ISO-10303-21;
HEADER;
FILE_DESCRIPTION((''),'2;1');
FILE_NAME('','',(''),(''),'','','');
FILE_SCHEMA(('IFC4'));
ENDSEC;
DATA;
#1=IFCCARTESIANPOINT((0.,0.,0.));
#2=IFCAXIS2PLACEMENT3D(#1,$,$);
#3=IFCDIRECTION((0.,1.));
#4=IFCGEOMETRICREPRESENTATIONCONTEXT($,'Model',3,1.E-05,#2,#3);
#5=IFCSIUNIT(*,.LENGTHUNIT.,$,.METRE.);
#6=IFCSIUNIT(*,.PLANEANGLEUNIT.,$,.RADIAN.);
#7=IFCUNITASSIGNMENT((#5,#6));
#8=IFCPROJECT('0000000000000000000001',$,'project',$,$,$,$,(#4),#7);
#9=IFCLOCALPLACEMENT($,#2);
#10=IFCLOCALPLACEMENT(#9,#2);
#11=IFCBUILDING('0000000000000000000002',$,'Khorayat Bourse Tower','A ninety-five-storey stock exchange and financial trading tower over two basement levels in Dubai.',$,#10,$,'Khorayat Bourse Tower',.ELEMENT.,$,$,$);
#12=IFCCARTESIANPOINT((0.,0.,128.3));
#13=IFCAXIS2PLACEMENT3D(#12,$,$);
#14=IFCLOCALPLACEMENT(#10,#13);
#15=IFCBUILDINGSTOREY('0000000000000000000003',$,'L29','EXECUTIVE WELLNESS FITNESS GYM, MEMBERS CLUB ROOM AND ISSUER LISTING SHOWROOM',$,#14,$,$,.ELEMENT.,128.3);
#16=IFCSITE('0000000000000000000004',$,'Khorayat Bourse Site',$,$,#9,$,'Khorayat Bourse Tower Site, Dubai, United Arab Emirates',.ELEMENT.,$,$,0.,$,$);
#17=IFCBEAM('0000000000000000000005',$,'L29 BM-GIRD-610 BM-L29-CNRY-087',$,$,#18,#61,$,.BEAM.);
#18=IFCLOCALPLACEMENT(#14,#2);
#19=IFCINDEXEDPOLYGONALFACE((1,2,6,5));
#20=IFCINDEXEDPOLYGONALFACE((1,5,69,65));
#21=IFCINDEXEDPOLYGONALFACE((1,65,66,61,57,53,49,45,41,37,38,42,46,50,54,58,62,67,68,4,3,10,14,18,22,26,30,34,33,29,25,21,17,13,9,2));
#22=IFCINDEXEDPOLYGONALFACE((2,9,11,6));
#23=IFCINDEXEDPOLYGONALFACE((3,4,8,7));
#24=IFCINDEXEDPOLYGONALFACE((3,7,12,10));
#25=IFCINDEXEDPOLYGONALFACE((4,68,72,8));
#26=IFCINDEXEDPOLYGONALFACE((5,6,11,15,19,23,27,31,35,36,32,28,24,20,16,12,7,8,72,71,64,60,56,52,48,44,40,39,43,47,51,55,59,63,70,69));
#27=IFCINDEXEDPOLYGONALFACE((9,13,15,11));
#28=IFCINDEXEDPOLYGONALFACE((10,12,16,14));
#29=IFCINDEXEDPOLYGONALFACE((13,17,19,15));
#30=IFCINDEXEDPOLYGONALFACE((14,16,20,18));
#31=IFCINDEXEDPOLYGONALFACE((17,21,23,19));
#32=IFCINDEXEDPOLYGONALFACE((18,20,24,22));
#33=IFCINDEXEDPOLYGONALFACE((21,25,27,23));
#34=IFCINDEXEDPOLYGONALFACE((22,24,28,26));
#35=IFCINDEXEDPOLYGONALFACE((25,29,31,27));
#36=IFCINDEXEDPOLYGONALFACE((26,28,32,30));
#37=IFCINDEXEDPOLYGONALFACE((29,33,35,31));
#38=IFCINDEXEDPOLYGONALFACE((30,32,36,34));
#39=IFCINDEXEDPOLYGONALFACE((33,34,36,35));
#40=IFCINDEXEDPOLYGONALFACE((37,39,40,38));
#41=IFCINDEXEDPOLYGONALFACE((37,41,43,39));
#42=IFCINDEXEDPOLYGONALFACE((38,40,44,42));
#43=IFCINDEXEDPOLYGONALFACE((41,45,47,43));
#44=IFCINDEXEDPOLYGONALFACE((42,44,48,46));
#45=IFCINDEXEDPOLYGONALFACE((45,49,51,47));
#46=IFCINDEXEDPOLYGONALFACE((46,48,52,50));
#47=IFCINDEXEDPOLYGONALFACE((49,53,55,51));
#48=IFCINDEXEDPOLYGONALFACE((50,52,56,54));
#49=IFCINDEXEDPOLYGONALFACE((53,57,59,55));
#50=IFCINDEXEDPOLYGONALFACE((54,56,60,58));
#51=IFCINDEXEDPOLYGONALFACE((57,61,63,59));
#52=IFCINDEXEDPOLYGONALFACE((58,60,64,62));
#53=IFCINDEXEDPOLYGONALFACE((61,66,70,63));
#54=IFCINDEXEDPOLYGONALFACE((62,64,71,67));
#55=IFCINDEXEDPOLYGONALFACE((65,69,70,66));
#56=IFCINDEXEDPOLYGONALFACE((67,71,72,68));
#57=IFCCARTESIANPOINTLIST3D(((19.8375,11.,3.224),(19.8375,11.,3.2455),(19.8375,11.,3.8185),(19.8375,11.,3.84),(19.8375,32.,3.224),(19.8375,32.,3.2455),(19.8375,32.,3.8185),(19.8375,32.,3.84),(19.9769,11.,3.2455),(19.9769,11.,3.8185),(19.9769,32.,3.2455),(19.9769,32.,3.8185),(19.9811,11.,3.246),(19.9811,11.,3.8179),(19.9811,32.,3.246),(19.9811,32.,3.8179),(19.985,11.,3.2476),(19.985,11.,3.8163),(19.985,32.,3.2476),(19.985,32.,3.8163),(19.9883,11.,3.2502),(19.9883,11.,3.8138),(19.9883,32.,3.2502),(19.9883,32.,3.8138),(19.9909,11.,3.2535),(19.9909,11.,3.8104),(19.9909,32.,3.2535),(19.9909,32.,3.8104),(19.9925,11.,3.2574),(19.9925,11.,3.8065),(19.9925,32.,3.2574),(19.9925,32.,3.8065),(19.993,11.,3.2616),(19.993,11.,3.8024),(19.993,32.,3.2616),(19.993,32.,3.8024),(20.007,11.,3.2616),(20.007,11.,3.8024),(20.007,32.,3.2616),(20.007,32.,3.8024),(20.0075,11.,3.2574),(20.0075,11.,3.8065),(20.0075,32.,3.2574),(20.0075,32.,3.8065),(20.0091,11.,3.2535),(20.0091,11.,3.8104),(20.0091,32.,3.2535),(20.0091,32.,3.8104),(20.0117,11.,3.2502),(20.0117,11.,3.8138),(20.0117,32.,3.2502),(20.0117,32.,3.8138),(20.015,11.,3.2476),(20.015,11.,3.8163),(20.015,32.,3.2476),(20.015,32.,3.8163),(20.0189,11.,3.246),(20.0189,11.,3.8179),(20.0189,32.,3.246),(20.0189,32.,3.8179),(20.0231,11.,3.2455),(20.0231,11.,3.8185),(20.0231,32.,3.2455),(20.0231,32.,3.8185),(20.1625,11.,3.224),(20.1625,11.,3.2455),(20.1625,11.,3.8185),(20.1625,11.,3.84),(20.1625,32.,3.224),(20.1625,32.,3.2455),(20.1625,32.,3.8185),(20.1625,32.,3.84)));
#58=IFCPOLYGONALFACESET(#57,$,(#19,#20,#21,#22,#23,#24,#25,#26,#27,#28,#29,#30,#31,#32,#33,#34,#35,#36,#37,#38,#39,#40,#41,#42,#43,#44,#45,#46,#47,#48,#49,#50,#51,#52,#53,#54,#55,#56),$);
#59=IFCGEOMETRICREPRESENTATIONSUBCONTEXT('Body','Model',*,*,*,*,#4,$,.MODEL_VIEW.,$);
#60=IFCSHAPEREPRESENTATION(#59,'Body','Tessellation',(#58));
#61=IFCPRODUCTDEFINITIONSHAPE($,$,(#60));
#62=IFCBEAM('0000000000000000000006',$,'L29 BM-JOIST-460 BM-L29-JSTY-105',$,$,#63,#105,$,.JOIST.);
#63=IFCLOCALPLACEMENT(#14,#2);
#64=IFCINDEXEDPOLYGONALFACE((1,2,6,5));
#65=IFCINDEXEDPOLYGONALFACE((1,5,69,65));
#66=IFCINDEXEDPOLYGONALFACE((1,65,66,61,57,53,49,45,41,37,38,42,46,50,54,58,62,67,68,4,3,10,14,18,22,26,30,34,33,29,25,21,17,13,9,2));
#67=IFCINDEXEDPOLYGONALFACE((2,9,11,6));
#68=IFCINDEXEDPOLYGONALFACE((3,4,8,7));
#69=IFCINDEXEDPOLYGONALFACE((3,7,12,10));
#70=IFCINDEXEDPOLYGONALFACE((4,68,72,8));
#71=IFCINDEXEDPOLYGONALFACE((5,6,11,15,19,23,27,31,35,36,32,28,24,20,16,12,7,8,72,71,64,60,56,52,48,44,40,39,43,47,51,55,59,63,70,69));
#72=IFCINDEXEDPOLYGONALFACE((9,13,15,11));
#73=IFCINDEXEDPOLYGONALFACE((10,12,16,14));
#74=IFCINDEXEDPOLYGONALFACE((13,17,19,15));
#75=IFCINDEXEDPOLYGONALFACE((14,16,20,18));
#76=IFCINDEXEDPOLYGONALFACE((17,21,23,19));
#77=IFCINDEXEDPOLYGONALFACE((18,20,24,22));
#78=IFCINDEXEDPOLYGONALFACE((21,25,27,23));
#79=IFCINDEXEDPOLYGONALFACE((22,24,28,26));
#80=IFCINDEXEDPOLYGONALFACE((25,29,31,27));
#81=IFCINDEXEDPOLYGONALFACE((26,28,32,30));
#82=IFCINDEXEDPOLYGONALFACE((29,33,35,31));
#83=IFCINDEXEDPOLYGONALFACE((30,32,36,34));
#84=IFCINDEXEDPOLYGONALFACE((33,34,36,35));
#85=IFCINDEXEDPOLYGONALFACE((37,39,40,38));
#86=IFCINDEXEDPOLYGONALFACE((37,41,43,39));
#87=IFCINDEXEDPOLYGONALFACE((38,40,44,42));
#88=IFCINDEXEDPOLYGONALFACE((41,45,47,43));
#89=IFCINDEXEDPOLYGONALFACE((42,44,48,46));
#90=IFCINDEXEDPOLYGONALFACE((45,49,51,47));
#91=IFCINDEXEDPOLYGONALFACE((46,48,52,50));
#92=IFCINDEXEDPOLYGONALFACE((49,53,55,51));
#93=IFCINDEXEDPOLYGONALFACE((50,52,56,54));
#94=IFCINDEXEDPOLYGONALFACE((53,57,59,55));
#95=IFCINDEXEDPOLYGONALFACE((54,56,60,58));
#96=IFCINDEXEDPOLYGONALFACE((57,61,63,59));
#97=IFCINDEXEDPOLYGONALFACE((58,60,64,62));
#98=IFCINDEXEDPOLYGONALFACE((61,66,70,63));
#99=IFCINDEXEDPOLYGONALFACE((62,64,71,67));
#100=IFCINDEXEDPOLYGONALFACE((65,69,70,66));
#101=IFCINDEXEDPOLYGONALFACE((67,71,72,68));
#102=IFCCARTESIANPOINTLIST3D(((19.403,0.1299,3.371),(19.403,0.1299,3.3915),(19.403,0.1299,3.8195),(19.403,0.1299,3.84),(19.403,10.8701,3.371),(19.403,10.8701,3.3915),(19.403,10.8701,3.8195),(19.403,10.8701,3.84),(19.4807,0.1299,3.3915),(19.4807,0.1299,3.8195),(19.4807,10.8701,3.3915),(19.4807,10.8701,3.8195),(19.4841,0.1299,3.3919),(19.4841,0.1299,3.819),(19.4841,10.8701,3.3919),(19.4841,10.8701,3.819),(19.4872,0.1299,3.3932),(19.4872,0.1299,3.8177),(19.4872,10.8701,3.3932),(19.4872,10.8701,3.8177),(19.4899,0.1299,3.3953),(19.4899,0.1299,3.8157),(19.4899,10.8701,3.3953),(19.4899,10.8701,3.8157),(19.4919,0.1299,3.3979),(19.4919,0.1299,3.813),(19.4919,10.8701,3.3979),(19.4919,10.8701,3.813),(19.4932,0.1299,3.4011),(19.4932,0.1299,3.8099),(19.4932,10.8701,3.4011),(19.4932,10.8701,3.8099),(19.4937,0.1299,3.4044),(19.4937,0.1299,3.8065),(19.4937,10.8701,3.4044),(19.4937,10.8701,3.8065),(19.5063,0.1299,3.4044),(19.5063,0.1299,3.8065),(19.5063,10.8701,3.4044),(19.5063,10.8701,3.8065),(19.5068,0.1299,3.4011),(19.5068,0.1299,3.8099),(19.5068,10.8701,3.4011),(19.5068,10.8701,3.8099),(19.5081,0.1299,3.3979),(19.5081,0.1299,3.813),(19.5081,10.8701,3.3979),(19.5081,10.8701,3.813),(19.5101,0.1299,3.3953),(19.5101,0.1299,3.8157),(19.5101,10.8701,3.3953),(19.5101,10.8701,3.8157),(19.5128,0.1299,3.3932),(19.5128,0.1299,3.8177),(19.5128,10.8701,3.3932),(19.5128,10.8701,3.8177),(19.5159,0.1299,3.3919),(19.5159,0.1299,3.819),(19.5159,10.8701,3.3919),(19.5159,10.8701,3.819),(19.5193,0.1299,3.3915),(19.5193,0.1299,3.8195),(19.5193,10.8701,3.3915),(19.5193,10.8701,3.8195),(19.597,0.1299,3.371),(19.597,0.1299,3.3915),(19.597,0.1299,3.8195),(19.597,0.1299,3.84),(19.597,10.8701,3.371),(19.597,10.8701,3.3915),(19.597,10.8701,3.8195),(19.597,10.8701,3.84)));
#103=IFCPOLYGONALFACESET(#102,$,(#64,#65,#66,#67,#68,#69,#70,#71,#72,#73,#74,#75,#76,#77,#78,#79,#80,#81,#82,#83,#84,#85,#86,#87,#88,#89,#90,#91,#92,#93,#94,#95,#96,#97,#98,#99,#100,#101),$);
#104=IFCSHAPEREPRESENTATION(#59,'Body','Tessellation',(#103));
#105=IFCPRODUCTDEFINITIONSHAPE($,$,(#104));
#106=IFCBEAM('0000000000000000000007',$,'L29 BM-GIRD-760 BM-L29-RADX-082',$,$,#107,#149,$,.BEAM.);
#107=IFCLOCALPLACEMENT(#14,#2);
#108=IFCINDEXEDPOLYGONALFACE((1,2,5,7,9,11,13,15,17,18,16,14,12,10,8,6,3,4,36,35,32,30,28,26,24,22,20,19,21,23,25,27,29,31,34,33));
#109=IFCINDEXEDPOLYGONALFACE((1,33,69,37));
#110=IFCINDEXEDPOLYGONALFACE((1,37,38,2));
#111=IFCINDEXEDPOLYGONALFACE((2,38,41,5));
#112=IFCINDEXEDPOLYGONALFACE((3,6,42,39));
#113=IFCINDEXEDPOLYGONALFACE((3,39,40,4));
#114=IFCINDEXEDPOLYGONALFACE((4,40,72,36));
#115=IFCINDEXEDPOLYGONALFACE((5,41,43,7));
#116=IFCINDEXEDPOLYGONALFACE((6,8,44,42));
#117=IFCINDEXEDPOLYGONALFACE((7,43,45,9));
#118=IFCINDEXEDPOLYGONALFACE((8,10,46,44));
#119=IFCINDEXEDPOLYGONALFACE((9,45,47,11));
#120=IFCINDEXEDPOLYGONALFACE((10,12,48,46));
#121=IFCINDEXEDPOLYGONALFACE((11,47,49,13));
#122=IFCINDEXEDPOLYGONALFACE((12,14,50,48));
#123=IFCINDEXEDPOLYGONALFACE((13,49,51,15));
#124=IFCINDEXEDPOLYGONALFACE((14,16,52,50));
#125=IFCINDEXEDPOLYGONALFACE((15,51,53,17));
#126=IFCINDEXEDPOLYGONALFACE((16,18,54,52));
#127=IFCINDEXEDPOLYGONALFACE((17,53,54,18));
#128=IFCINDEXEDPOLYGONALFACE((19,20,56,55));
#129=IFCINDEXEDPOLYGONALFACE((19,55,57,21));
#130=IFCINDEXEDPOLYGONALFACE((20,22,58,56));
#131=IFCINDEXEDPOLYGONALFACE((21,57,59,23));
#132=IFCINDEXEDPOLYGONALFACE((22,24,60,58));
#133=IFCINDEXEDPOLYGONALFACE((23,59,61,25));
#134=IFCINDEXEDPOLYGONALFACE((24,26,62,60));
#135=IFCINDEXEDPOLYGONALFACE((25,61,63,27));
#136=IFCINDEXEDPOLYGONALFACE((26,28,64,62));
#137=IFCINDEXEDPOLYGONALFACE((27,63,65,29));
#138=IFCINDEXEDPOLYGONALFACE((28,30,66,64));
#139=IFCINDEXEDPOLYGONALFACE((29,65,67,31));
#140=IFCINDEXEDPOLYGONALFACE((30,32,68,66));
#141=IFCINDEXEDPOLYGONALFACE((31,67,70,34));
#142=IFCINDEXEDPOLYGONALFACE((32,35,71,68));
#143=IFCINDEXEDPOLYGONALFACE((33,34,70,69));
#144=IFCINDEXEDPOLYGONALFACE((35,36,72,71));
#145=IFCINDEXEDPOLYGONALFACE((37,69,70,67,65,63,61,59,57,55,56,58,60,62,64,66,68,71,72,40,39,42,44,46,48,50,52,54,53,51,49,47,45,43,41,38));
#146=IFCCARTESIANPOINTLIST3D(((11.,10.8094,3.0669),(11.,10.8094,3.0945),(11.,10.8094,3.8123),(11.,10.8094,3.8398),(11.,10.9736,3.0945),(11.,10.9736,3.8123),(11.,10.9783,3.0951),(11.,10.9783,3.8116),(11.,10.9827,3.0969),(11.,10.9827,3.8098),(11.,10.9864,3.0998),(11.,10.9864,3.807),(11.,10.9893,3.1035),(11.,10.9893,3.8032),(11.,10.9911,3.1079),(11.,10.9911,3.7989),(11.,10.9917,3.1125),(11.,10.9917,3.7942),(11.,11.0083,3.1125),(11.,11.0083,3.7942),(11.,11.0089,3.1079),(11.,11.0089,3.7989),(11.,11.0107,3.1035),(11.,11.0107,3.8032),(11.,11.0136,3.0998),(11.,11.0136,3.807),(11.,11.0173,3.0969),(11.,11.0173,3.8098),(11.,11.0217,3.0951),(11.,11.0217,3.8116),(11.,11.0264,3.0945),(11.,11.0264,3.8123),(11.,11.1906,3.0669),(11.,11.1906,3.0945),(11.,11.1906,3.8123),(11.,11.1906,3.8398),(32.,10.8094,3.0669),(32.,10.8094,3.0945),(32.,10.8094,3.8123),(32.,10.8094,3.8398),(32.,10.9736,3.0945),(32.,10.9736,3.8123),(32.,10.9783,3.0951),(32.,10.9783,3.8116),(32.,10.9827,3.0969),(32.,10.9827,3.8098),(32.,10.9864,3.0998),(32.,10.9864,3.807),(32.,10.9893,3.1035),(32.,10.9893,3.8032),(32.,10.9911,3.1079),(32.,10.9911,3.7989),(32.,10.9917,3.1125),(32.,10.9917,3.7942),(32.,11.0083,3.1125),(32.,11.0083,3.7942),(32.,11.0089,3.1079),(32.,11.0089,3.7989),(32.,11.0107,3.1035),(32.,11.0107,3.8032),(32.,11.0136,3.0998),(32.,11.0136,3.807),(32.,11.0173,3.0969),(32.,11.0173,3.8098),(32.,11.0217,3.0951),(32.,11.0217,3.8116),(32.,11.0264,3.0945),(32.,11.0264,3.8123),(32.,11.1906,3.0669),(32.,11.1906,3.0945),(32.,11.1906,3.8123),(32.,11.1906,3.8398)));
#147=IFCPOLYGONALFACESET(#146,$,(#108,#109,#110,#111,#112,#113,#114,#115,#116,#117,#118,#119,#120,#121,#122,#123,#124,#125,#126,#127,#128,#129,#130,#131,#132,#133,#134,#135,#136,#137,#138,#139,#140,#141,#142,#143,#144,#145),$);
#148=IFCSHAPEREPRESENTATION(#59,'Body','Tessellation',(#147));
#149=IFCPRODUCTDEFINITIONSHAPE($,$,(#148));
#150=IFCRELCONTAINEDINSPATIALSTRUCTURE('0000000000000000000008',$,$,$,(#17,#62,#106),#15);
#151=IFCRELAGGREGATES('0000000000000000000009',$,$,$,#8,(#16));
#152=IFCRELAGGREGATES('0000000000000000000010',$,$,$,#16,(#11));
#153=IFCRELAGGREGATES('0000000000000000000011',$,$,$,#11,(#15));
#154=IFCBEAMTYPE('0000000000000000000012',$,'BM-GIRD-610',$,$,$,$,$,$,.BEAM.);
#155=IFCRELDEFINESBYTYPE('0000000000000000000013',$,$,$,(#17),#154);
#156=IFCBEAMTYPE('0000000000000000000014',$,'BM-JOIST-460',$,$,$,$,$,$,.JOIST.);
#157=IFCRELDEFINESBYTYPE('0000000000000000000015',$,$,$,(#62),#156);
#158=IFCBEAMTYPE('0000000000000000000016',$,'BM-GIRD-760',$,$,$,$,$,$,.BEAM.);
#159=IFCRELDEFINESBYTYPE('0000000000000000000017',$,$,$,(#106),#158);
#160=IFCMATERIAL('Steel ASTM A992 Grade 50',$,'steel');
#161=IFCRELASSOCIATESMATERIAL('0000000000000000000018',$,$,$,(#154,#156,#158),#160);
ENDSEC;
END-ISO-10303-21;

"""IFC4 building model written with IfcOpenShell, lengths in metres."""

from ifc_helpers import new_model, si_unit, direction, frame, origin, origin_2d, place, context, subcontext, project, spatial, i_section, extrude, source, transform, mapped, material, material_profile, profile_set, type_object, element, save


model = new_model("IFC4")

# Units and contexts
model_context = context("Model", 3, precision=1e-05, world=origin(), true_north=direction((0.0, 1.0)))
body_context = subcontext(model_context, "Body", "Model", "MODEL_VIEW")
ifc_project = project(units=[si_unit("LENGTHUNIT", "METRE"), si_unit("PLANEANGLEUNIT", "RADIAN")], contexts=[model_context])

# Site, building, storey
site_placement = place(None, origin())
site = spatial("IfcSite", under=ifc_project, at=site_placement, Name="Khorayat Bourse Site", LongName="Khorayat Bourse Tower Site, Dubai, United Arab Emirates", CompositionType="ELEMENT", RefElevation=0.0)
building_placement = place(site_placement, origin())
building = spatial("IfcBuilding", under=site, at=building_placement, Name="Khorayat Bourse Tower", Description="A ninety-five-storey stock exchange and financial trading tower over two basement levels in Dubai.", LongName="Khorayat Bourse Tower", CompositionType="ELEMENT")
storey_placement = place(building_placement, frame((0.0, 0.0, 128.3)))
storey = spatial("IfcBuildingStorey", under=building, at=storey_placement, Name="L29", Description="EXECUTIVE WELLNESS FITNESS GYM, MEMBERS CLUB ROOM AND ISSUER LISTING SHOWROOM", CompositionType="ELEMENT", Elevation=128.3)

# Beams
ifc_material_1 = material(Name="Steel ASTM A992 Grade 50", Category="steel")
ifc_material_profile_1 = material_profile(ifc_material_1, i_section(OverallWidth=0.325, OverallDepth=0.616, WebThickness=0.0139, FlangeThickness=0.0215, FilletRadius=0.0161, at=origin_2d()), Name="W610X174")
ifc_profile_set_1 = profile_set([ifc_material_profile_1], Name="Steel ASTM A992 Grade 50")
beam_type_1 = type_object("IfcBeamType", Name="BM-GIRD-610", PredefinedType="BEAM", material=ifc_profile_set_1)
shared_shape_1 = source(origin(), body_context, "Body", "SweptSolid", [
    extrude(i_section(OverallWidth=0.325, OverallDepth=0.616, WebThickness=0.0139, FlangeThickness=0.0215, FilletRadius=0.0161, at=origin_2d()), origin(), (0.0, 0.0, 1.0), 21.0),
])
beam_1_placement = place(storey_placement, frame((20.0, 11.0, 3.532), z_axis=(0.0, 1.0, 0.0), x_axis=(-1.0, 0.0, 0.0)))
element("IfcBeam", 1, at=beam_1_placement, inside=storey, type_object=beam_type_1, Name="L29 BM-GIRD-610 BM-L29-CNRY-087", PredefinedType="BEAM", context=body_context, shape_type="MappedRepresentation", body=[
    mapped(shared_shape_1, transform((0.0, 0.0, 0.0), scale=1.0)),
])
ifc_material_profile_2 = material_profile(ifc_material_1, i_section(OverallWidth=0.1941, OverallDepth=0.469, WebThickness=0.0127, FlangeThickness=0.0205, FilletRadius=0.0129, at=origin_2d()), Name="W460X106")
ifc_profile_set_2 = profile_set([ifc_material_profile_2], Name="Steel ASTM A992 Grade 50")
beam_type_2 = type_object("IfcBeamType", Name="BM-JOIST-460", PredefinedType="JOIST", material=ifc_profile_set_2)
shared_shape_2 = source(origin(), body_context, "Body", "SweptSolid", [
    extrude(i_section(OverallWidth=0.1941, OverallDepth=0.469, WebThickness=0.0127, FlangeThickness=0.0205, FilletRadius=0.0129, at=origin_2d()), origin(), (0.0, 0.0, 1.0), 10.7402),
])
beam_2_placement = place(storey_placement, frame((19.5, 0.1299, 3.6055), z_axis=(0.0, 1.0, 0.0), x_axis=(-1.0, 0.0, 0.0)))
element("IfcBeam", 2, at=beam_2_placement, inside=storey, type_object=beam_type_2, Name="L29 BM-JOIST-460 BM-L29-JSTY-105", PredefinedType="JOIST", context=body_context, shape_type="MappedRepresentation", body=[
    mapped(shared_shape_2, transform((0.0, 0.0, 0.0), scale=1.0)),
])
ifc_material_profile_3 = material_profile(ifc_material_1, i_section(OverallWidth=0.3811, OverallDepth=0.7729, WebThickness=0.0166, FlangeThickness=0.0276, FilletRadius=0.0181, at=origin_2d()), Name="W760X257")
ifc_profile_set_3 = profile_set([ifc_material_profile_3], Name="Steel ASTM A992 Grade 50")
beam_type_3 = type_object("IfcBeamType", Name="BM-GIRD-760", PredefinedType="BEAM", material=ifc_profile_set_3)
shared_shape_3 = source(origin(), body_context, "Body", "SweptSolid", [
    extrude(i_section(OverallWidth=0.3811, OverallDepth=0.7729, WebThickness=0.0166, FlangeThickness=0.0276, FilletRadius=0.0181, at=origin_2d()), origin(), (0.0, 0.0, 1.0), 21.0),
])
beam_3_placement = place(storey_placement, frame((11.0, 11.0, 3.4534), z_axis=(1.0, 0.0, 0.0), x_axis=(0.0, 1.0, 0.0)))
element("IfcBeam", 3, at=beam_3_placement, inside=storey, type_object=beam_type_3, Name="L29 BM-GIRD-760 BM-L29-RADX-082", PredefinedType="BEAM", context=body_context, shape_type="MappedRepresentation", body=[
    mapped(shared_shape_3, transform((0.0, 0.0, 0.0), scale=1.0)),
])

save(model, "model.ifc")
